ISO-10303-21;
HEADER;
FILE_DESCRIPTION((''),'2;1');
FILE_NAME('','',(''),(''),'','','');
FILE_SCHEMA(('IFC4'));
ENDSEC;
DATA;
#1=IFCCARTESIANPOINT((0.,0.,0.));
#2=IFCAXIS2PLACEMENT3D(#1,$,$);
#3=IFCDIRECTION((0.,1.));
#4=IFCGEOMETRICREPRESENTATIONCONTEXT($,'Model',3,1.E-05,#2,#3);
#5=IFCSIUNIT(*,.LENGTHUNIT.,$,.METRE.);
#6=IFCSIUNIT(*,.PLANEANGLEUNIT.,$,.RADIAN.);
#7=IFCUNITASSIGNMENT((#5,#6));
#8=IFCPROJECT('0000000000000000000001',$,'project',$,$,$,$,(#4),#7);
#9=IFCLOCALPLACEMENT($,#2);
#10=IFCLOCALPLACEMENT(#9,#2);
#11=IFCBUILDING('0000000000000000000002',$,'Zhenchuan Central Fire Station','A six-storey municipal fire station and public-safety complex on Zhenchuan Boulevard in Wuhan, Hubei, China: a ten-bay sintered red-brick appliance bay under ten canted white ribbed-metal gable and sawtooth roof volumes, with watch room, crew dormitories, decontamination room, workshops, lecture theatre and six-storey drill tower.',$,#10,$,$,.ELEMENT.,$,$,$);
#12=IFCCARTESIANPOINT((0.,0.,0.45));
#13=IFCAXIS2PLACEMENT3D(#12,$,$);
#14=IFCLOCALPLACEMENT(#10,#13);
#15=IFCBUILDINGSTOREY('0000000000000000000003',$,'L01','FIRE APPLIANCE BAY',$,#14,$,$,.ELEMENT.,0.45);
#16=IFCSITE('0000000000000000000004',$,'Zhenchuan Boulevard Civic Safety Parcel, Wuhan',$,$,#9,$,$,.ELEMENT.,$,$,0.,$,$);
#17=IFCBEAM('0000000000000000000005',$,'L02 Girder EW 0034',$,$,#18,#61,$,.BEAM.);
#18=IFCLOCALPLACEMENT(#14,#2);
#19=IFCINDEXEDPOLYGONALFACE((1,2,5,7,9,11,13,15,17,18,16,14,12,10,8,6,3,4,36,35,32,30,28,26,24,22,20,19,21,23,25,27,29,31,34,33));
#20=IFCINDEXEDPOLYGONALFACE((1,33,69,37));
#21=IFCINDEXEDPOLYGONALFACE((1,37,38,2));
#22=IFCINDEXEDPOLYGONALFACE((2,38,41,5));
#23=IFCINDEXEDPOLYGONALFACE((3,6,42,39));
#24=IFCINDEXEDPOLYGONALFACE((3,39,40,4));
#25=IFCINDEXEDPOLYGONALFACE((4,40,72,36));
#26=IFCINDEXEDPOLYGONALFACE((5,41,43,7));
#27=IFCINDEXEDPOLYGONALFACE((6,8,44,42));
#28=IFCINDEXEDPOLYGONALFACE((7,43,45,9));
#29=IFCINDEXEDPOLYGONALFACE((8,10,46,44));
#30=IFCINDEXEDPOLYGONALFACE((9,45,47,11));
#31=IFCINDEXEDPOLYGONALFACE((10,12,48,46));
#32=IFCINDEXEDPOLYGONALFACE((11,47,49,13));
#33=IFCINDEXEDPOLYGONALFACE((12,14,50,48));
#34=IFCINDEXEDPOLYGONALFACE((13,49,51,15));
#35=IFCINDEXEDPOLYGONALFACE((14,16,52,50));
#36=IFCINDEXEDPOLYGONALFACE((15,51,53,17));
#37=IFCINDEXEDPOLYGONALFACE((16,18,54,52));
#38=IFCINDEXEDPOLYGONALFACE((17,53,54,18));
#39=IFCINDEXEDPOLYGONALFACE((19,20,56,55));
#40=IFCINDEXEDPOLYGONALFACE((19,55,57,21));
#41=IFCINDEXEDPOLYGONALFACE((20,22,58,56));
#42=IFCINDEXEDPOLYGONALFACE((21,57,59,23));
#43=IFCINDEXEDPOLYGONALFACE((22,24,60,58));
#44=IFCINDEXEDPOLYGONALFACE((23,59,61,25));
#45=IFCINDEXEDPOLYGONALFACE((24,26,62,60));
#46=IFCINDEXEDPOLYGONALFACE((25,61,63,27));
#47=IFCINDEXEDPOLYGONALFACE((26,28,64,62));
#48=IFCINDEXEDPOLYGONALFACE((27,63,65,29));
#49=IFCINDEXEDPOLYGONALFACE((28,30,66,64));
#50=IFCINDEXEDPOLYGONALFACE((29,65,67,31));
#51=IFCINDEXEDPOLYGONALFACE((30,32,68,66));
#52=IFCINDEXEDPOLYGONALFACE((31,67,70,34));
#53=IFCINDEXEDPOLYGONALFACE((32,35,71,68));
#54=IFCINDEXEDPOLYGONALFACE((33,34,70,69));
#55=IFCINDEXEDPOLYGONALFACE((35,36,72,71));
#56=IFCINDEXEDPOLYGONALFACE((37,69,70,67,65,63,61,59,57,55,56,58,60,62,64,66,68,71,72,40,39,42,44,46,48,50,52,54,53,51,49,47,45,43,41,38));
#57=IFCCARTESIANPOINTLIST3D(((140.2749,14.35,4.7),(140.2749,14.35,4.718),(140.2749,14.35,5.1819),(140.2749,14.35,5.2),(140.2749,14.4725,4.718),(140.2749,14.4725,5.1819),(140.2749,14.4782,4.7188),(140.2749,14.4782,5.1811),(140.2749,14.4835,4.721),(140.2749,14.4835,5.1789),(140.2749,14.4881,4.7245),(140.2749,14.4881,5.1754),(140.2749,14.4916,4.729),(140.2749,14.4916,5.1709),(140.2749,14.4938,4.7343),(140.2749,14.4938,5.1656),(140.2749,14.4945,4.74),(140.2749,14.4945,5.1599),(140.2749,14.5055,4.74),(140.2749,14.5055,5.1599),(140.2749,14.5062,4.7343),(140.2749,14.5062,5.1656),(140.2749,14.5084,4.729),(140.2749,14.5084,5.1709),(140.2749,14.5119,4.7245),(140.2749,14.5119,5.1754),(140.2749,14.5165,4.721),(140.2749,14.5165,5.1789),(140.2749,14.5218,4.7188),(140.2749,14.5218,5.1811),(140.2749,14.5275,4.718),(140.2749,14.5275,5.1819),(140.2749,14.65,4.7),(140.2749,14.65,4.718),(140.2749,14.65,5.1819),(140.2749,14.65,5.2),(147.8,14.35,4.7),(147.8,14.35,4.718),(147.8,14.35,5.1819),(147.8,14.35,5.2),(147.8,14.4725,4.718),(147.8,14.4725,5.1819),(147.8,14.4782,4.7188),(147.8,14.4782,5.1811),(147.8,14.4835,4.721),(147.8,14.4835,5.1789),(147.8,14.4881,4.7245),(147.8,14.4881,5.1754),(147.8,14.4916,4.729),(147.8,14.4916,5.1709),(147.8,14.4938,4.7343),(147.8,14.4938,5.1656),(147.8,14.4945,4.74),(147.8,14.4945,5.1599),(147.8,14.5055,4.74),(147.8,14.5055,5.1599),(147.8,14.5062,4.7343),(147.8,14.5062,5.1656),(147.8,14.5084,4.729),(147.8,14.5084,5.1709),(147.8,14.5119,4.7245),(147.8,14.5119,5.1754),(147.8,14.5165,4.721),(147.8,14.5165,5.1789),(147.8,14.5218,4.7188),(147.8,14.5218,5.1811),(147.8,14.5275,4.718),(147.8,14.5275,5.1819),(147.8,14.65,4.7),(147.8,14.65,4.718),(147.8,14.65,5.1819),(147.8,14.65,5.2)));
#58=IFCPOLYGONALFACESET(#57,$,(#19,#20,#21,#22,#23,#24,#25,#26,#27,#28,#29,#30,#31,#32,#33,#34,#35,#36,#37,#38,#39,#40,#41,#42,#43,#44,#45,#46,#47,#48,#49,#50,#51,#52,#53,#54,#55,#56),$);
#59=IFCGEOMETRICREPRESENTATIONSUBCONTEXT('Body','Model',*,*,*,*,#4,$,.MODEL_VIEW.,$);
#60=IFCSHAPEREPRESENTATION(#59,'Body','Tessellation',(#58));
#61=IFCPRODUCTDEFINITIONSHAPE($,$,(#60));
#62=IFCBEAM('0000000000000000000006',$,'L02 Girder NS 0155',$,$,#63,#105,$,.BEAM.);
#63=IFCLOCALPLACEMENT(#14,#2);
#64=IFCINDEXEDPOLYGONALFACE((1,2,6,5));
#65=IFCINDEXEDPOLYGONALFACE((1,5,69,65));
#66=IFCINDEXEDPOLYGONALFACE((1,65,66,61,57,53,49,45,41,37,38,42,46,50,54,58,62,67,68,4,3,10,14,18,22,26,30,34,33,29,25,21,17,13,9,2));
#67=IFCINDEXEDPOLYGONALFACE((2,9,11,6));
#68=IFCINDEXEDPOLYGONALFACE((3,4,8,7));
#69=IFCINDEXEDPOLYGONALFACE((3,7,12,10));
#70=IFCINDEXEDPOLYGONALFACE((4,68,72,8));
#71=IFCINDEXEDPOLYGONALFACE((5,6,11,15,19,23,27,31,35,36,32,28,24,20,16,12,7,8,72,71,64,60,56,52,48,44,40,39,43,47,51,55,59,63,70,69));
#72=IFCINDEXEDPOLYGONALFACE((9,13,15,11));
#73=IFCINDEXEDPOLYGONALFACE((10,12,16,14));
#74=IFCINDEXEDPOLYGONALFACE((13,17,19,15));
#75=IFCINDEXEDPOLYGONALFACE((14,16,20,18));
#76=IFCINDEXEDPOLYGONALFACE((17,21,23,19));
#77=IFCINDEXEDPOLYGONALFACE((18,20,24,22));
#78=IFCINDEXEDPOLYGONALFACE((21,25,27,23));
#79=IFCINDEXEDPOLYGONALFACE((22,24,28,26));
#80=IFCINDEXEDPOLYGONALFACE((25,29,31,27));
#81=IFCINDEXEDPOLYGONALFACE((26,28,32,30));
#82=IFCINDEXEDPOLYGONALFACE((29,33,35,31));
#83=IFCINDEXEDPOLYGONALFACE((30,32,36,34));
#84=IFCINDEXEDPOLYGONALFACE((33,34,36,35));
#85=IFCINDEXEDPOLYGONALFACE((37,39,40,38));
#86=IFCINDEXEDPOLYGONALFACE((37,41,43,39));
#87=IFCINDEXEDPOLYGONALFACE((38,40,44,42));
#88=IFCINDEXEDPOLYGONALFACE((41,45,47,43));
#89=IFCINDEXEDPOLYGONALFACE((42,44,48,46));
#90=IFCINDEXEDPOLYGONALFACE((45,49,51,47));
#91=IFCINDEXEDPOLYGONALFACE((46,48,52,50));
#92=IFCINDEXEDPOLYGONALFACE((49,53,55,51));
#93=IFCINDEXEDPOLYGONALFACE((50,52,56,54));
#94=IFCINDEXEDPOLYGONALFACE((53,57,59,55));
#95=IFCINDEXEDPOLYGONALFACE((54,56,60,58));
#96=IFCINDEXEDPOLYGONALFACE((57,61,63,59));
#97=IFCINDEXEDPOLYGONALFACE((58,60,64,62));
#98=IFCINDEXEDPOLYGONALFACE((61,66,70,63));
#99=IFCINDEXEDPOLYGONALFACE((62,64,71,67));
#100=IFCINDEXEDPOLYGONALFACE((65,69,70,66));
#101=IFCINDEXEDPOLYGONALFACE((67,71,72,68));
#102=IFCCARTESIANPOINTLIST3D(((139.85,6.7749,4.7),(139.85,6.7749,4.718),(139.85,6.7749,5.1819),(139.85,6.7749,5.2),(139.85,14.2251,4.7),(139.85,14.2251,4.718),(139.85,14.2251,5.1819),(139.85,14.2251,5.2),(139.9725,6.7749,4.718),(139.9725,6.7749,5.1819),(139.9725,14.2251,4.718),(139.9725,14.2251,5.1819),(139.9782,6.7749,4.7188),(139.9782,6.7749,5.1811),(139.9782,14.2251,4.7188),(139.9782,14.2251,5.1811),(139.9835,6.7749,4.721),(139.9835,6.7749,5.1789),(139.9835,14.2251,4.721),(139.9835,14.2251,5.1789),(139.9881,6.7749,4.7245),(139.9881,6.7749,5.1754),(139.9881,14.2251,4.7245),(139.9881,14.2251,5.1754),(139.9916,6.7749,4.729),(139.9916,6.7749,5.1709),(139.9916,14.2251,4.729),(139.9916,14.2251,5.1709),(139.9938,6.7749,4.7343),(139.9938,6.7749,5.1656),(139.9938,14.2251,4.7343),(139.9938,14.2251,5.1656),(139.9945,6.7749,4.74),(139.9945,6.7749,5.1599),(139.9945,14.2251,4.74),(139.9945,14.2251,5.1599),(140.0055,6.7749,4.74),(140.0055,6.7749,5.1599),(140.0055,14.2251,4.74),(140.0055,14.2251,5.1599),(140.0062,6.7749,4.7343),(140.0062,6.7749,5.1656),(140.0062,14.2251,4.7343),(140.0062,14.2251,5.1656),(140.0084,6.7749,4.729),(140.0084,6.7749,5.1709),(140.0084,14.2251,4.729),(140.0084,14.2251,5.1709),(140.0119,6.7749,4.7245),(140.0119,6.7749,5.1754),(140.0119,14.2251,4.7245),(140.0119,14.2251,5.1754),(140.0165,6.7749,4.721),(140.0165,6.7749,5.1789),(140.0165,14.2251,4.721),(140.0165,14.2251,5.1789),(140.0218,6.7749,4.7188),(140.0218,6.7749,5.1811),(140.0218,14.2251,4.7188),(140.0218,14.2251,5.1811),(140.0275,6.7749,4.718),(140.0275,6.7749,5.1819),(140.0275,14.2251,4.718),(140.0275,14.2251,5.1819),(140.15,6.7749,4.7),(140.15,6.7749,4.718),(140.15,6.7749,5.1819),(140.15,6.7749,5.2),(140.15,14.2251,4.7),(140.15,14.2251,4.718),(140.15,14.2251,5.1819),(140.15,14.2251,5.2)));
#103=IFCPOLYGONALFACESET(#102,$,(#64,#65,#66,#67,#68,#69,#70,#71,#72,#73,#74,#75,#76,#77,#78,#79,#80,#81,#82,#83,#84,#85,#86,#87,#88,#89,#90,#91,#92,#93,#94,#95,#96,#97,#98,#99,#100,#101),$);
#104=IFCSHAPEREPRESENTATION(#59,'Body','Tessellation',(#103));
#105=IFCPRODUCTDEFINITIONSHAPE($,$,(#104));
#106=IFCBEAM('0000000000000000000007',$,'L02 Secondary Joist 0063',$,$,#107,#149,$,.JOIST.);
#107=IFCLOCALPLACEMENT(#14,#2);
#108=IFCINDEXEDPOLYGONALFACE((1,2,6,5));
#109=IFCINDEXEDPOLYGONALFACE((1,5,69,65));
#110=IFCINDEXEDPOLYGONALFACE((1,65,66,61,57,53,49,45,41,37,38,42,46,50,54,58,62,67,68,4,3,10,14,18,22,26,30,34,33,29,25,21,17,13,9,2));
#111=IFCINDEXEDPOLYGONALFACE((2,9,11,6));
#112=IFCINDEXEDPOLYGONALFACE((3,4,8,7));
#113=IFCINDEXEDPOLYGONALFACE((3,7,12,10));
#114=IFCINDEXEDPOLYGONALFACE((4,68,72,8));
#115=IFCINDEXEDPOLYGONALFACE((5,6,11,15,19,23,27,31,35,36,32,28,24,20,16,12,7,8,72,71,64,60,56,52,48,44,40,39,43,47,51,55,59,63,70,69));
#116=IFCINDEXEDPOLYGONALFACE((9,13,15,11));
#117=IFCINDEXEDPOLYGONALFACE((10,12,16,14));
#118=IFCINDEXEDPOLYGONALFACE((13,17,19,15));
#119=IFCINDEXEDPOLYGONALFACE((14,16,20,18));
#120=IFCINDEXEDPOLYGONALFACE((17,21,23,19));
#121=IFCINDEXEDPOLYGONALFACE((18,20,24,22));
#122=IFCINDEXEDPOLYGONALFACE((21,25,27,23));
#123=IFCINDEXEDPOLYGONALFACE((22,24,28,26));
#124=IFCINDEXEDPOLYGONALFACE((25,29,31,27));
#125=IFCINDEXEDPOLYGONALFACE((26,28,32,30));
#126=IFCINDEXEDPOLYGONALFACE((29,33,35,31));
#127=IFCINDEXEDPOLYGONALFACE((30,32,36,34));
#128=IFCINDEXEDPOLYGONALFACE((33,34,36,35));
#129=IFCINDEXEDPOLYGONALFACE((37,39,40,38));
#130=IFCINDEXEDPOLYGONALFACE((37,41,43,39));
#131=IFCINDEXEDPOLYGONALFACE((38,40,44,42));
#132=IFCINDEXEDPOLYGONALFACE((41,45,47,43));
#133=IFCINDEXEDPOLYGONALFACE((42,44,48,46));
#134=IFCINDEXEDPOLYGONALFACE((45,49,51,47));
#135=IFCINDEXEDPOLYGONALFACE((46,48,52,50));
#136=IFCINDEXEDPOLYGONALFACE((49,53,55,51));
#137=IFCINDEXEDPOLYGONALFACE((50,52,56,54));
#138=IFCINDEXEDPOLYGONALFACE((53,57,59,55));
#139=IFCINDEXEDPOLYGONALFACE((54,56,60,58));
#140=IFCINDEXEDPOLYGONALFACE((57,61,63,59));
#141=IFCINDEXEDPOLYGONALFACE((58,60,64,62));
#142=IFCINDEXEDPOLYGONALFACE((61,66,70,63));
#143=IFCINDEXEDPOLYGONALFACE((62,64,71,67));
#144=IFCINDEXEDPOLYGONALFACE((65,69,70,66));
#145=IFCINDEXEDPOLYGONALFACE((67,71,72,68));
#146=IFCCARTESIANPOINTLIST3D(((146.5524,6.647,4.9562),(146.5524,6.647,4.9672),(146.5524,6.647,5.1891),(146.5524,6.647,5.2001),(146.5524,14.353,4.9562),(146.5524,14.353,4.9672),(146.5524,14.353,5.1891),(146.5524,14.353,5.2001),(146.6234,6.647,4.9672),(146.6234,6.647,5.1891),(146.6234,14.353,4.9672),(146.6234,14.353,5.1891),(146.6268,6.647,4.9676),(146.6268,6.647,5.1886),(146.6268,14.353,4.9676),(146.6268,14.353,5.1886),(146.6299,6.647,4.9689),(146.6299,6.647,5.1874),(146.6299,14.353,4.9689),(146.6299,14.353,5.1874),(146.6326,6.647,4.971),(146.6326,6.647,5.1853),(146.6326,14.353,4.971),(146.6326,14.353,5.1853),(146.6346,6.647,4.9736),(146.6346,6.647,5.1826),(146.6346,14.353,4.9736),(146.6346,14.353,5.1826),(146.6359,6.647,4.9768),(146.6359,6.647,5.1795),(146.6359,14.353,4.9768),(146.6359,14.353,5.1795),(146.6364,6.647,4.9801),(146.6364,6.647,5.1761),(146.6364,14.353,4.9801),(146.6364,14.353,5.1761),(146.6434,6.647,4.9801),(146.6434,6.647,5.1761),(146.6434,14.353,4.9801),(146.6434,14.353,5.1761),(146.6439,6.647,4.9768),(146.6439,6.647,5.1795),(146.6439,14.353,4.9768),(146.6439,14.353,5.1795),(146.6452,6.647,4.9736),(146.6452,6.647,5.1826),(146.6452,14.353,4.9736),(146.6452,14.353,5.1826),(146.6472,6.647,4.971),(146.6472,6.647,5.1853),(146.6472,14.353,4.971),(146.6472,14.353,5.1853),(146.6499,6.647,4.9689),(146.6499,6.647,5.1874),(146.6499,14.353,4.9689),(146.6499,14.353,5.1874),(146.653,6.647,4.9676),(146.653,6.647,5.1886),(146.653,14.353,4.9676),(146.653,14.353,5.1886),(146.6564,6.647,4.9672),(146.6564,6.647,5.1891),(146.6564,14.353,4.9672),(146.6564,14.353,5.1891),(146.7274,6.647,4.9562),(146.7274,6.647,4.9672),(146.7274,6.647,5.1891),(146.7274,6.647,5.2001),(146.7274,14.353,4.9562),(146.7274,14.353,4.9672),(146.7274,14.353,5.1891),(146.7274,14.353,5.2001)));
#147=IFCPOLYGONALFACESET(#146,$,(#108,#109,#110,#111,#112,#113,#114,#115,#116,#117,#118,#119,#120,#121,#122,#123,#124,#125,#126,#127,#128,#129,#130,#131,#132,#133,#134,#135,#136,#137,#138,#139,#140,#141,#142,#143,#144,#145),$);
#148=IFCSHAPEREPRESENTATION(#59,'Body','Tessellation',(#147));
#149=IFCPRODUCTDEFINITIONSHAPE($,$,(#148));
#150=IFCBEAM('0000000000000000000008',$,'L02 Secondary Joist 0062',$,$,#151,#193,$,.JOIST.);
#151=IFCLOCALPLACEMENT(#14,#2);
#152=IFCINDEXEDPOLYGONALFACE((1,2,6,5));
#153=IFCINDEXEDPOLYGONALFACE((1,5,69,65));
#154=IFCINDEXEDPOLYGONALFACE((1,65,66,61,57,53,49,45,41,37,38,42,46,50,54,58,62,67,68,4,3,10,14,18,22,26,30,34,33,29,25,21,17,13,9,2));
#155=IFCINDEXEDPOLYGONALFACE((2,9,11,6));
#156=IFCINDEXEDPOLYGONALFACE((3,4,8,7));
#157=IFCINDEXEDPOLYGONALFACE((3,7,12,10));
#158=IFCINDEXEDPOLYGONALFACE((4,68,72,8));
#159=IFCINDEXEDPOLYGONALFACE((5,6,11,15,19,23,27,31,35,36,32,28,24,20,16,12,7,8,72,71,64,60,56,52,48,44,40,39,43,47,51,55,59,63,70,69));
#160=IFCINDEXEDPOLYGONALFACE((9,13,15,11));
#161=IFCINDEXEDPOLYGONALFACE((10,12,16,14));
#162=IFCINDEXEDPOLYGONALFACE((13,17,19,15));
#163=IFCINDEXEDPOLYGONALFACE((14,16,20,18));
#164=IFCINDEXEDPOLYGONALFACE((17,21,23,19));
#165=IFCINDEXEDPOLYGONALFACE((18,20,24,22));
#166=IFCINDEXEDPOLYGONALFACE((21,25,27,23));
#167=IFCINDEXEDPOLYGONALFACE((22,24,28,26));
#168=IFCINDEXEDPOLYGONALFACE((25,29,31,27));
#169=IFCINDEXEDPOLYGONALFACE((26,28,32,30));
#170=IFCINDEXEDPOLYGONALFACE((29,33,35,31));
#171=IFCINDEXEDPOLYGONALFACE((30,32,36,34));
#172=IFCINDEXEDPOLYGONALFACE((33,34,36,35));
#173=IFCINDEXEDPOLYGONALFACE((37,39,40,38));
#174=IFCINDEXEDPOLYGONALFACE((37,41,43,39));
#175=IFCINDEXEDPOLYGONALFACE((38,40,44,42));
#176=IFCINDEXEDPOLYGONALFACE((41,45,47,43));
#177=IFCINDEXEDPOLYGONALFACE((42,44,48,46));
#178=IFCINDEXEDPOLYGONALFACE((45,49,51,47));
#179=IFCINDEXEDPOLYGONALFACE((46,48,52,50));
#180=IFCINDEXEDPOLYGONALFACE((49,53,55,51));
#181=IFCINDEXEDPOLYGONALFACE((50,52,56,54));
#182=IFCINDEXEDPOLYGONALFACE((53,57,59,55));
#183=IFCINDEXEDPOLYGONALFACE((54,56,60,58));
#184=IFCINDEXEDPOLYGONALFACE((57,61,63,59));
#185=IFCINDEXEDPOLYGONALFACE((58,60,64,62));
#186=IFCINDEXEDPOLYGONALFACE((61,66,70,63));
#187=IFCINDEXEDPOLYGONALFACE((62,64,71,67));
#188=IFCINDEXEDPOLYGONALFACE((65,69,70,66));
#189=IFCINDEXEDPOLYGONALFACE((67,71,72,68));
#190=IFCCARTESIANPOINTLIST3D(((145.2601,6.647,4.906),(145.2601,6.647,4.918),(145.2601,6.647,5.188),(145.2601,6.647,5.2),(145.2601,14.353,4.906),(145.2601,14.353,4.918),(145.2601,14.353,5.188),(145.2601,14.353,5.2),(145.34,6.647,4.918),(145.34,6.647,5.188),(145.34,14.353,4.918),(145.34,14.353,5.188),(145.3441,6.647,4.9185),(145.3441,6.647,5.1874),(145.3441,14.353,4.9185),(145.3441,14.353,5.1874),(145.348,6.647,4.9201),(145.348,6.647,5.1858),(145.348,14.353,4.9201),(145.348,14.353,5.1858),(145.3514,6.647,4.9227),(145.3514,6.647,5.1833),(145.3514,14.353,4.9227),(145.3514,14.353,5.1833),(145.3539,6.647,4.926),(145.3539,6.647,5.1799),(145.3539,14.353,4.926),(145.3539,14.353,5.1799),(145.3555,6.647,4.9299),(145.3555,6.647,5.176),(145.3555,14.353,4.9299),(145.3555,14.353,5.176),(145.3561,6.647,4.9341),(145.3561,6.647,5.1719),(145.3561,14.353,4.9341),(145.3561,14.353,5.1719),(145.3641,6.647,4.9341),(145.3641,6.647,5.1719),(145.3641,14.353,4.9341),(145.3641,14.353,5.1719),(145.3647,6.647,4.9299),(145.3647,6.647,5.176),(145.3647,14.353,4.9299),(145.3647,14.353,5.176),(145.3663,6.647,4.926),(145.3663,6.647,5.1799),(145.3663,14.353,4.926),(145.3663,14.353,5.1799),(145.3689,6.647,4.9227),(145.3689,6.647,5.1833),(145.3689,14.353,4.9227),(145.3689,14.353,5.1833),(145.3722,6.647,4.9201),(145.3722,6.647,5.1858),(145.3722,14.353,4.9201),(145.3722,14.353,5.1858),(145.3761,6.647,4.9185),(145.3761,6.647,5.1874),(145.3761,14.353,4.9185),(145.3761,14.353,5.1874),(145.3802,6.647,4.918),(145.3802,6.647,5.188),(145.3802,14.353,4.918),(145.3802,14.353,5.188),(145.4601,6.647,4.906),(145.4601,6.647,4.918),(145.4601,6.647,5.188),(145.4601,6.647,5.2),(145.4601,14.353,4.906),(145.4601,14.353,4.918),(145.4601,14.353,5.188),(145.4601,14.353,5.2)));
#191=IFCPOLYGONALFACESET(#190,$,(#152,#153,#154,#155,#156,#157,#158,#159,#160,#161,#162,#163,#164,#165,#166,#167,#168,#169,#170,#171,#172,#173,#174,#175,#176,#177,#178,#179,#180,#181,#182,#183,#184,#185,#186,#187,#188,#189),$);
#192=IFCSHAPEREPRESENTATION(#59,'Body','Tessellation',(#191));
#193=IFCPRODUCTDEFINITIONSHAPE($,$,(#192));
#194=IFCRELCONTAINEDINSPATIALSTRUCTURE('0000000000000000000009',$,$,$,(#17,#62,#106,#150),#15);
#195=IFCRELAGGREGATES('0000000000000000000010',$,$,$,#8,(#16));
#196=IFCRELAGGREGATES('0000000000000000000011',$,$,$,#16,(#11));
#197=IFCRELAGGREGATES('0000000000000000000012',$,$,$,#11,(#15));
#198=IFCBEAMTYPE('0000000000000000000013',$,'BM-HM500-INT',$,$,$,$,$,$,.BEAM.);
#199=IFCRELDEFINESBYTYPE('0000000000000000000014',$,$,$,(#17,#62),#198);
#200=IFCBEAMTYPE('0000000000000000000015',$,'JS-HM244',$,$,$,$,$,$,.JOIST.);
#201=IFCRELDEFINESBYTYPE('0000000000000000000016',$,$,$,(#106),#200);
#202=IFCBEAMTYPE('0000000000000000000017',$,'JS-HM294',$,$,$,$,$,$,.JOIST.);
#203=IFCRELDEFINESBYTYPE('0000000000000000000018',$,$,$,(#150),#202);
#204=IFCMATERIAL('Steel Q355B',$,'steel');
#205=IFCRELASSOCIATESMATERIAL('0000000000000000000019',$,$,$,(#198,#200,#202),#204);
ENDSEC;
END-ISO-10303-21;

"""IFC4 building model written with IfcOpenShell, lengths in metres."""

from ifc_helpers import new_model, si_unit, direction, frame, origin, origin_2d, place, context, subcontext, project, spatial, i_section, extrude, material, material_profile, profile_set, type_object, element, save


model = new_model("IFC4")

# Units and contexts
model_context = context("Model", 3, precision=1e-05, world=origin(), true_north=direction((0.0, 1.0)))
body_context = subcontext(model_context, "Body", "Model", "MODEL_VIEW")
ifc_project = project(units=[si_unit("LENGTHUNIT", "METRE"), si_unit("PLANEANGLEUNIT", "RADIAN")], contexts=[model_context])

# Site, building, storey
site_placement = place(None, origin())
site = spatial("IfcSite", under=ifc_project, at=site_placement, Name="Zhenchuan Boulevard Civic Safety Parcel, Wuhan", CompositionType="ELEMENT", RefElevation=0.0)
building_placement = place(site_placement, origin())
building = spatial("IfcBuilding", under=site, at=building_placement, Name="Zhenchuan Central Fire Station", Description="A six-storey municipal fire station and public-safety complex on Zhenchuan Boulevard in Wuhan, Hubei, China: a ten-bay sintered red-brick appliance bay under ten canted white ribbed-metal gable and sawtooth roof volumes, with watch room, crew dormitories, decontamination room, workshops, lecture theatre and six-storey drill tower.", CompositionType="ELEMENT")
storey_placement = place(building_placement, frame((0.0, 0.0, 0.45)))
storey = spatial("IfcBuildingStorey", under=building, at=storey_placement, Name="L01", Description="FIRE APPLIANCE BAY", CompositionType="ELEMENT", Elevation=0.45)

# Shared definitions
ifc_material_1 = material(Name="Steel Q355B", Category="steel")

# Beams
ifc_material_profile_1 = material_profile(ifc_material_1, i_section(OverallWidth=0.3, OverallDepth=0.5, WebThickness=0.011, FlangeThickness=0.0181, FilletRadius=0.022, at=origin_2d()), Name="HM 500x300")
ifc_profile_set_1 = profile_set([ifc_material_profile_1], Name="Steel Q355B")
beam_type_1 = type_object("IfcBeamType", Name="BM-HM500-INT", PredefinedType="BEAM", material=ifc_profile_set_1)
beam_1_placement = place(storey_placement, frame((140.2749, 14.5, 4.95), z_axis=(1.0, 0.0, 0.0), x_axis=(0.0, 1.0, 0.0)))
element("IfcBeam", 1, at=beam_1_placement, inside=storey, type_object=beam_type_1, Name="L02 Girder EW 0034", PredefinedType="BEAM", context=body_context, shape_type="SweptSolid", body=[
    extrude(i_section(OverallWidth=0.3, OverallDepth=0.5, WebThickness=0.011, FlangeThickness=0.0181, FilletRadius=0.022, at=origin_2d()), origin(), (0.0, 0.0, 1.0), 7.5251),
])
beam_2_placement = place(storey_placement, frame((140.0, 6.7749, 4.95), z_axis=(0.0, 1.0, 0.0), x_axis=(-1.0, 0.0, 0.0)))
element("IfcBeam", 2, at=beam_2_placement, inside=storey, type_object=beam_type_1, Name="L02 Girder NS 0155", PredefinedType="BEAM", context=body_context, shape_type="SweptSolid", body=[
    extrude(i_section(OverallWidth=0.3, OverallDepth=0.5, WebThickness=0.011, FlangeThickness=0.0181, FilletRadius=0.022, at=origin_2d()), origin(), (0.0, 0.0, 1.0), 7.4502),
])
ifc_material_profile_2 = material_profile(ifc_material_1, i_section(OverallWidth=0.175, OverallDepth=0.2439, WebThickness=0.0071, FlangeThickness=0.011, FilletRadius=0.0129, at=origin_2d()), Name="HM 244x175")
ifc_profile_set_2 = profile_set([ifc_material_profile_2], Name="Steel Q355B")
beam_type_2 = type_object("IfcBeamType", Name="JS-HM244", PredefinedType="JOIST", material=ifc_profile_set_2)
beam_3_placement = place(storey_placement, frame((146.6399, 6.647, 5.0781), z_axis=(0.0, 1.0, 0.0), x_axis=(-1.0, 0.0, 0.0)))
element("IfcBeam", 3, at=beam_3_placement, inside=storey, type_object=beam_type_2, Name="L02 Secondary Joist 0063", PredefinedType="JOIST", context=body_context, shape_type="SweptSolid", body=[
    extrude(i_section(OverallWidth=0.175, OverallDepth=0.2439, WebThickness=0.0071, FlangeThickness=0.011, FilletRadius=0.0129, at=origin_2d()), origin(), (0.0, 0.0, 1.0), 7.7061),
])
ifc_material_profile_3 = material_profile(ifc_material_1, i_section(OverallWidth=0.2, OverallDepth=0.2939, WebThickness=0.0081, FlangeThickness=0.012, FilletRadius=0.0161, at=origin_2d()), Name="HM 294x200")
ifc_profile_set_3 = profile_set([ifc_material_profile_3], Name="Steel Q355B")
beam_type_3 = type_object("IfcBeamType", Name="JS-HM294", PredefinedType="JOIST", material=ifc_profile_set_3)
beam_4_placement = place(storey_placement, frame((145.3601, 6.647, 5.053), z_axis=(0.0, 1.0, 0.0), x_axis=(-1.0, 0.0, 0.0)))
element("IfcBeam", 4, at=beam_4_placement, inside=storey, type_object=beam_type_3, Name="L02 Secondary Joist 0062", PredefinedType="JOIST", context=body_context, shape_type="SweptSolid", body=[
    extrude(i_section(OverallWidth=0.2, OverallDepth=0.2939, WebThickness=0.0081, FlangeThickness=0.012, FilletRadius=0.0161, at=origin_2d()), origin(), (0.0, 0.0, 1.0), 7.7061),
])

save(model, "model.ifc")
